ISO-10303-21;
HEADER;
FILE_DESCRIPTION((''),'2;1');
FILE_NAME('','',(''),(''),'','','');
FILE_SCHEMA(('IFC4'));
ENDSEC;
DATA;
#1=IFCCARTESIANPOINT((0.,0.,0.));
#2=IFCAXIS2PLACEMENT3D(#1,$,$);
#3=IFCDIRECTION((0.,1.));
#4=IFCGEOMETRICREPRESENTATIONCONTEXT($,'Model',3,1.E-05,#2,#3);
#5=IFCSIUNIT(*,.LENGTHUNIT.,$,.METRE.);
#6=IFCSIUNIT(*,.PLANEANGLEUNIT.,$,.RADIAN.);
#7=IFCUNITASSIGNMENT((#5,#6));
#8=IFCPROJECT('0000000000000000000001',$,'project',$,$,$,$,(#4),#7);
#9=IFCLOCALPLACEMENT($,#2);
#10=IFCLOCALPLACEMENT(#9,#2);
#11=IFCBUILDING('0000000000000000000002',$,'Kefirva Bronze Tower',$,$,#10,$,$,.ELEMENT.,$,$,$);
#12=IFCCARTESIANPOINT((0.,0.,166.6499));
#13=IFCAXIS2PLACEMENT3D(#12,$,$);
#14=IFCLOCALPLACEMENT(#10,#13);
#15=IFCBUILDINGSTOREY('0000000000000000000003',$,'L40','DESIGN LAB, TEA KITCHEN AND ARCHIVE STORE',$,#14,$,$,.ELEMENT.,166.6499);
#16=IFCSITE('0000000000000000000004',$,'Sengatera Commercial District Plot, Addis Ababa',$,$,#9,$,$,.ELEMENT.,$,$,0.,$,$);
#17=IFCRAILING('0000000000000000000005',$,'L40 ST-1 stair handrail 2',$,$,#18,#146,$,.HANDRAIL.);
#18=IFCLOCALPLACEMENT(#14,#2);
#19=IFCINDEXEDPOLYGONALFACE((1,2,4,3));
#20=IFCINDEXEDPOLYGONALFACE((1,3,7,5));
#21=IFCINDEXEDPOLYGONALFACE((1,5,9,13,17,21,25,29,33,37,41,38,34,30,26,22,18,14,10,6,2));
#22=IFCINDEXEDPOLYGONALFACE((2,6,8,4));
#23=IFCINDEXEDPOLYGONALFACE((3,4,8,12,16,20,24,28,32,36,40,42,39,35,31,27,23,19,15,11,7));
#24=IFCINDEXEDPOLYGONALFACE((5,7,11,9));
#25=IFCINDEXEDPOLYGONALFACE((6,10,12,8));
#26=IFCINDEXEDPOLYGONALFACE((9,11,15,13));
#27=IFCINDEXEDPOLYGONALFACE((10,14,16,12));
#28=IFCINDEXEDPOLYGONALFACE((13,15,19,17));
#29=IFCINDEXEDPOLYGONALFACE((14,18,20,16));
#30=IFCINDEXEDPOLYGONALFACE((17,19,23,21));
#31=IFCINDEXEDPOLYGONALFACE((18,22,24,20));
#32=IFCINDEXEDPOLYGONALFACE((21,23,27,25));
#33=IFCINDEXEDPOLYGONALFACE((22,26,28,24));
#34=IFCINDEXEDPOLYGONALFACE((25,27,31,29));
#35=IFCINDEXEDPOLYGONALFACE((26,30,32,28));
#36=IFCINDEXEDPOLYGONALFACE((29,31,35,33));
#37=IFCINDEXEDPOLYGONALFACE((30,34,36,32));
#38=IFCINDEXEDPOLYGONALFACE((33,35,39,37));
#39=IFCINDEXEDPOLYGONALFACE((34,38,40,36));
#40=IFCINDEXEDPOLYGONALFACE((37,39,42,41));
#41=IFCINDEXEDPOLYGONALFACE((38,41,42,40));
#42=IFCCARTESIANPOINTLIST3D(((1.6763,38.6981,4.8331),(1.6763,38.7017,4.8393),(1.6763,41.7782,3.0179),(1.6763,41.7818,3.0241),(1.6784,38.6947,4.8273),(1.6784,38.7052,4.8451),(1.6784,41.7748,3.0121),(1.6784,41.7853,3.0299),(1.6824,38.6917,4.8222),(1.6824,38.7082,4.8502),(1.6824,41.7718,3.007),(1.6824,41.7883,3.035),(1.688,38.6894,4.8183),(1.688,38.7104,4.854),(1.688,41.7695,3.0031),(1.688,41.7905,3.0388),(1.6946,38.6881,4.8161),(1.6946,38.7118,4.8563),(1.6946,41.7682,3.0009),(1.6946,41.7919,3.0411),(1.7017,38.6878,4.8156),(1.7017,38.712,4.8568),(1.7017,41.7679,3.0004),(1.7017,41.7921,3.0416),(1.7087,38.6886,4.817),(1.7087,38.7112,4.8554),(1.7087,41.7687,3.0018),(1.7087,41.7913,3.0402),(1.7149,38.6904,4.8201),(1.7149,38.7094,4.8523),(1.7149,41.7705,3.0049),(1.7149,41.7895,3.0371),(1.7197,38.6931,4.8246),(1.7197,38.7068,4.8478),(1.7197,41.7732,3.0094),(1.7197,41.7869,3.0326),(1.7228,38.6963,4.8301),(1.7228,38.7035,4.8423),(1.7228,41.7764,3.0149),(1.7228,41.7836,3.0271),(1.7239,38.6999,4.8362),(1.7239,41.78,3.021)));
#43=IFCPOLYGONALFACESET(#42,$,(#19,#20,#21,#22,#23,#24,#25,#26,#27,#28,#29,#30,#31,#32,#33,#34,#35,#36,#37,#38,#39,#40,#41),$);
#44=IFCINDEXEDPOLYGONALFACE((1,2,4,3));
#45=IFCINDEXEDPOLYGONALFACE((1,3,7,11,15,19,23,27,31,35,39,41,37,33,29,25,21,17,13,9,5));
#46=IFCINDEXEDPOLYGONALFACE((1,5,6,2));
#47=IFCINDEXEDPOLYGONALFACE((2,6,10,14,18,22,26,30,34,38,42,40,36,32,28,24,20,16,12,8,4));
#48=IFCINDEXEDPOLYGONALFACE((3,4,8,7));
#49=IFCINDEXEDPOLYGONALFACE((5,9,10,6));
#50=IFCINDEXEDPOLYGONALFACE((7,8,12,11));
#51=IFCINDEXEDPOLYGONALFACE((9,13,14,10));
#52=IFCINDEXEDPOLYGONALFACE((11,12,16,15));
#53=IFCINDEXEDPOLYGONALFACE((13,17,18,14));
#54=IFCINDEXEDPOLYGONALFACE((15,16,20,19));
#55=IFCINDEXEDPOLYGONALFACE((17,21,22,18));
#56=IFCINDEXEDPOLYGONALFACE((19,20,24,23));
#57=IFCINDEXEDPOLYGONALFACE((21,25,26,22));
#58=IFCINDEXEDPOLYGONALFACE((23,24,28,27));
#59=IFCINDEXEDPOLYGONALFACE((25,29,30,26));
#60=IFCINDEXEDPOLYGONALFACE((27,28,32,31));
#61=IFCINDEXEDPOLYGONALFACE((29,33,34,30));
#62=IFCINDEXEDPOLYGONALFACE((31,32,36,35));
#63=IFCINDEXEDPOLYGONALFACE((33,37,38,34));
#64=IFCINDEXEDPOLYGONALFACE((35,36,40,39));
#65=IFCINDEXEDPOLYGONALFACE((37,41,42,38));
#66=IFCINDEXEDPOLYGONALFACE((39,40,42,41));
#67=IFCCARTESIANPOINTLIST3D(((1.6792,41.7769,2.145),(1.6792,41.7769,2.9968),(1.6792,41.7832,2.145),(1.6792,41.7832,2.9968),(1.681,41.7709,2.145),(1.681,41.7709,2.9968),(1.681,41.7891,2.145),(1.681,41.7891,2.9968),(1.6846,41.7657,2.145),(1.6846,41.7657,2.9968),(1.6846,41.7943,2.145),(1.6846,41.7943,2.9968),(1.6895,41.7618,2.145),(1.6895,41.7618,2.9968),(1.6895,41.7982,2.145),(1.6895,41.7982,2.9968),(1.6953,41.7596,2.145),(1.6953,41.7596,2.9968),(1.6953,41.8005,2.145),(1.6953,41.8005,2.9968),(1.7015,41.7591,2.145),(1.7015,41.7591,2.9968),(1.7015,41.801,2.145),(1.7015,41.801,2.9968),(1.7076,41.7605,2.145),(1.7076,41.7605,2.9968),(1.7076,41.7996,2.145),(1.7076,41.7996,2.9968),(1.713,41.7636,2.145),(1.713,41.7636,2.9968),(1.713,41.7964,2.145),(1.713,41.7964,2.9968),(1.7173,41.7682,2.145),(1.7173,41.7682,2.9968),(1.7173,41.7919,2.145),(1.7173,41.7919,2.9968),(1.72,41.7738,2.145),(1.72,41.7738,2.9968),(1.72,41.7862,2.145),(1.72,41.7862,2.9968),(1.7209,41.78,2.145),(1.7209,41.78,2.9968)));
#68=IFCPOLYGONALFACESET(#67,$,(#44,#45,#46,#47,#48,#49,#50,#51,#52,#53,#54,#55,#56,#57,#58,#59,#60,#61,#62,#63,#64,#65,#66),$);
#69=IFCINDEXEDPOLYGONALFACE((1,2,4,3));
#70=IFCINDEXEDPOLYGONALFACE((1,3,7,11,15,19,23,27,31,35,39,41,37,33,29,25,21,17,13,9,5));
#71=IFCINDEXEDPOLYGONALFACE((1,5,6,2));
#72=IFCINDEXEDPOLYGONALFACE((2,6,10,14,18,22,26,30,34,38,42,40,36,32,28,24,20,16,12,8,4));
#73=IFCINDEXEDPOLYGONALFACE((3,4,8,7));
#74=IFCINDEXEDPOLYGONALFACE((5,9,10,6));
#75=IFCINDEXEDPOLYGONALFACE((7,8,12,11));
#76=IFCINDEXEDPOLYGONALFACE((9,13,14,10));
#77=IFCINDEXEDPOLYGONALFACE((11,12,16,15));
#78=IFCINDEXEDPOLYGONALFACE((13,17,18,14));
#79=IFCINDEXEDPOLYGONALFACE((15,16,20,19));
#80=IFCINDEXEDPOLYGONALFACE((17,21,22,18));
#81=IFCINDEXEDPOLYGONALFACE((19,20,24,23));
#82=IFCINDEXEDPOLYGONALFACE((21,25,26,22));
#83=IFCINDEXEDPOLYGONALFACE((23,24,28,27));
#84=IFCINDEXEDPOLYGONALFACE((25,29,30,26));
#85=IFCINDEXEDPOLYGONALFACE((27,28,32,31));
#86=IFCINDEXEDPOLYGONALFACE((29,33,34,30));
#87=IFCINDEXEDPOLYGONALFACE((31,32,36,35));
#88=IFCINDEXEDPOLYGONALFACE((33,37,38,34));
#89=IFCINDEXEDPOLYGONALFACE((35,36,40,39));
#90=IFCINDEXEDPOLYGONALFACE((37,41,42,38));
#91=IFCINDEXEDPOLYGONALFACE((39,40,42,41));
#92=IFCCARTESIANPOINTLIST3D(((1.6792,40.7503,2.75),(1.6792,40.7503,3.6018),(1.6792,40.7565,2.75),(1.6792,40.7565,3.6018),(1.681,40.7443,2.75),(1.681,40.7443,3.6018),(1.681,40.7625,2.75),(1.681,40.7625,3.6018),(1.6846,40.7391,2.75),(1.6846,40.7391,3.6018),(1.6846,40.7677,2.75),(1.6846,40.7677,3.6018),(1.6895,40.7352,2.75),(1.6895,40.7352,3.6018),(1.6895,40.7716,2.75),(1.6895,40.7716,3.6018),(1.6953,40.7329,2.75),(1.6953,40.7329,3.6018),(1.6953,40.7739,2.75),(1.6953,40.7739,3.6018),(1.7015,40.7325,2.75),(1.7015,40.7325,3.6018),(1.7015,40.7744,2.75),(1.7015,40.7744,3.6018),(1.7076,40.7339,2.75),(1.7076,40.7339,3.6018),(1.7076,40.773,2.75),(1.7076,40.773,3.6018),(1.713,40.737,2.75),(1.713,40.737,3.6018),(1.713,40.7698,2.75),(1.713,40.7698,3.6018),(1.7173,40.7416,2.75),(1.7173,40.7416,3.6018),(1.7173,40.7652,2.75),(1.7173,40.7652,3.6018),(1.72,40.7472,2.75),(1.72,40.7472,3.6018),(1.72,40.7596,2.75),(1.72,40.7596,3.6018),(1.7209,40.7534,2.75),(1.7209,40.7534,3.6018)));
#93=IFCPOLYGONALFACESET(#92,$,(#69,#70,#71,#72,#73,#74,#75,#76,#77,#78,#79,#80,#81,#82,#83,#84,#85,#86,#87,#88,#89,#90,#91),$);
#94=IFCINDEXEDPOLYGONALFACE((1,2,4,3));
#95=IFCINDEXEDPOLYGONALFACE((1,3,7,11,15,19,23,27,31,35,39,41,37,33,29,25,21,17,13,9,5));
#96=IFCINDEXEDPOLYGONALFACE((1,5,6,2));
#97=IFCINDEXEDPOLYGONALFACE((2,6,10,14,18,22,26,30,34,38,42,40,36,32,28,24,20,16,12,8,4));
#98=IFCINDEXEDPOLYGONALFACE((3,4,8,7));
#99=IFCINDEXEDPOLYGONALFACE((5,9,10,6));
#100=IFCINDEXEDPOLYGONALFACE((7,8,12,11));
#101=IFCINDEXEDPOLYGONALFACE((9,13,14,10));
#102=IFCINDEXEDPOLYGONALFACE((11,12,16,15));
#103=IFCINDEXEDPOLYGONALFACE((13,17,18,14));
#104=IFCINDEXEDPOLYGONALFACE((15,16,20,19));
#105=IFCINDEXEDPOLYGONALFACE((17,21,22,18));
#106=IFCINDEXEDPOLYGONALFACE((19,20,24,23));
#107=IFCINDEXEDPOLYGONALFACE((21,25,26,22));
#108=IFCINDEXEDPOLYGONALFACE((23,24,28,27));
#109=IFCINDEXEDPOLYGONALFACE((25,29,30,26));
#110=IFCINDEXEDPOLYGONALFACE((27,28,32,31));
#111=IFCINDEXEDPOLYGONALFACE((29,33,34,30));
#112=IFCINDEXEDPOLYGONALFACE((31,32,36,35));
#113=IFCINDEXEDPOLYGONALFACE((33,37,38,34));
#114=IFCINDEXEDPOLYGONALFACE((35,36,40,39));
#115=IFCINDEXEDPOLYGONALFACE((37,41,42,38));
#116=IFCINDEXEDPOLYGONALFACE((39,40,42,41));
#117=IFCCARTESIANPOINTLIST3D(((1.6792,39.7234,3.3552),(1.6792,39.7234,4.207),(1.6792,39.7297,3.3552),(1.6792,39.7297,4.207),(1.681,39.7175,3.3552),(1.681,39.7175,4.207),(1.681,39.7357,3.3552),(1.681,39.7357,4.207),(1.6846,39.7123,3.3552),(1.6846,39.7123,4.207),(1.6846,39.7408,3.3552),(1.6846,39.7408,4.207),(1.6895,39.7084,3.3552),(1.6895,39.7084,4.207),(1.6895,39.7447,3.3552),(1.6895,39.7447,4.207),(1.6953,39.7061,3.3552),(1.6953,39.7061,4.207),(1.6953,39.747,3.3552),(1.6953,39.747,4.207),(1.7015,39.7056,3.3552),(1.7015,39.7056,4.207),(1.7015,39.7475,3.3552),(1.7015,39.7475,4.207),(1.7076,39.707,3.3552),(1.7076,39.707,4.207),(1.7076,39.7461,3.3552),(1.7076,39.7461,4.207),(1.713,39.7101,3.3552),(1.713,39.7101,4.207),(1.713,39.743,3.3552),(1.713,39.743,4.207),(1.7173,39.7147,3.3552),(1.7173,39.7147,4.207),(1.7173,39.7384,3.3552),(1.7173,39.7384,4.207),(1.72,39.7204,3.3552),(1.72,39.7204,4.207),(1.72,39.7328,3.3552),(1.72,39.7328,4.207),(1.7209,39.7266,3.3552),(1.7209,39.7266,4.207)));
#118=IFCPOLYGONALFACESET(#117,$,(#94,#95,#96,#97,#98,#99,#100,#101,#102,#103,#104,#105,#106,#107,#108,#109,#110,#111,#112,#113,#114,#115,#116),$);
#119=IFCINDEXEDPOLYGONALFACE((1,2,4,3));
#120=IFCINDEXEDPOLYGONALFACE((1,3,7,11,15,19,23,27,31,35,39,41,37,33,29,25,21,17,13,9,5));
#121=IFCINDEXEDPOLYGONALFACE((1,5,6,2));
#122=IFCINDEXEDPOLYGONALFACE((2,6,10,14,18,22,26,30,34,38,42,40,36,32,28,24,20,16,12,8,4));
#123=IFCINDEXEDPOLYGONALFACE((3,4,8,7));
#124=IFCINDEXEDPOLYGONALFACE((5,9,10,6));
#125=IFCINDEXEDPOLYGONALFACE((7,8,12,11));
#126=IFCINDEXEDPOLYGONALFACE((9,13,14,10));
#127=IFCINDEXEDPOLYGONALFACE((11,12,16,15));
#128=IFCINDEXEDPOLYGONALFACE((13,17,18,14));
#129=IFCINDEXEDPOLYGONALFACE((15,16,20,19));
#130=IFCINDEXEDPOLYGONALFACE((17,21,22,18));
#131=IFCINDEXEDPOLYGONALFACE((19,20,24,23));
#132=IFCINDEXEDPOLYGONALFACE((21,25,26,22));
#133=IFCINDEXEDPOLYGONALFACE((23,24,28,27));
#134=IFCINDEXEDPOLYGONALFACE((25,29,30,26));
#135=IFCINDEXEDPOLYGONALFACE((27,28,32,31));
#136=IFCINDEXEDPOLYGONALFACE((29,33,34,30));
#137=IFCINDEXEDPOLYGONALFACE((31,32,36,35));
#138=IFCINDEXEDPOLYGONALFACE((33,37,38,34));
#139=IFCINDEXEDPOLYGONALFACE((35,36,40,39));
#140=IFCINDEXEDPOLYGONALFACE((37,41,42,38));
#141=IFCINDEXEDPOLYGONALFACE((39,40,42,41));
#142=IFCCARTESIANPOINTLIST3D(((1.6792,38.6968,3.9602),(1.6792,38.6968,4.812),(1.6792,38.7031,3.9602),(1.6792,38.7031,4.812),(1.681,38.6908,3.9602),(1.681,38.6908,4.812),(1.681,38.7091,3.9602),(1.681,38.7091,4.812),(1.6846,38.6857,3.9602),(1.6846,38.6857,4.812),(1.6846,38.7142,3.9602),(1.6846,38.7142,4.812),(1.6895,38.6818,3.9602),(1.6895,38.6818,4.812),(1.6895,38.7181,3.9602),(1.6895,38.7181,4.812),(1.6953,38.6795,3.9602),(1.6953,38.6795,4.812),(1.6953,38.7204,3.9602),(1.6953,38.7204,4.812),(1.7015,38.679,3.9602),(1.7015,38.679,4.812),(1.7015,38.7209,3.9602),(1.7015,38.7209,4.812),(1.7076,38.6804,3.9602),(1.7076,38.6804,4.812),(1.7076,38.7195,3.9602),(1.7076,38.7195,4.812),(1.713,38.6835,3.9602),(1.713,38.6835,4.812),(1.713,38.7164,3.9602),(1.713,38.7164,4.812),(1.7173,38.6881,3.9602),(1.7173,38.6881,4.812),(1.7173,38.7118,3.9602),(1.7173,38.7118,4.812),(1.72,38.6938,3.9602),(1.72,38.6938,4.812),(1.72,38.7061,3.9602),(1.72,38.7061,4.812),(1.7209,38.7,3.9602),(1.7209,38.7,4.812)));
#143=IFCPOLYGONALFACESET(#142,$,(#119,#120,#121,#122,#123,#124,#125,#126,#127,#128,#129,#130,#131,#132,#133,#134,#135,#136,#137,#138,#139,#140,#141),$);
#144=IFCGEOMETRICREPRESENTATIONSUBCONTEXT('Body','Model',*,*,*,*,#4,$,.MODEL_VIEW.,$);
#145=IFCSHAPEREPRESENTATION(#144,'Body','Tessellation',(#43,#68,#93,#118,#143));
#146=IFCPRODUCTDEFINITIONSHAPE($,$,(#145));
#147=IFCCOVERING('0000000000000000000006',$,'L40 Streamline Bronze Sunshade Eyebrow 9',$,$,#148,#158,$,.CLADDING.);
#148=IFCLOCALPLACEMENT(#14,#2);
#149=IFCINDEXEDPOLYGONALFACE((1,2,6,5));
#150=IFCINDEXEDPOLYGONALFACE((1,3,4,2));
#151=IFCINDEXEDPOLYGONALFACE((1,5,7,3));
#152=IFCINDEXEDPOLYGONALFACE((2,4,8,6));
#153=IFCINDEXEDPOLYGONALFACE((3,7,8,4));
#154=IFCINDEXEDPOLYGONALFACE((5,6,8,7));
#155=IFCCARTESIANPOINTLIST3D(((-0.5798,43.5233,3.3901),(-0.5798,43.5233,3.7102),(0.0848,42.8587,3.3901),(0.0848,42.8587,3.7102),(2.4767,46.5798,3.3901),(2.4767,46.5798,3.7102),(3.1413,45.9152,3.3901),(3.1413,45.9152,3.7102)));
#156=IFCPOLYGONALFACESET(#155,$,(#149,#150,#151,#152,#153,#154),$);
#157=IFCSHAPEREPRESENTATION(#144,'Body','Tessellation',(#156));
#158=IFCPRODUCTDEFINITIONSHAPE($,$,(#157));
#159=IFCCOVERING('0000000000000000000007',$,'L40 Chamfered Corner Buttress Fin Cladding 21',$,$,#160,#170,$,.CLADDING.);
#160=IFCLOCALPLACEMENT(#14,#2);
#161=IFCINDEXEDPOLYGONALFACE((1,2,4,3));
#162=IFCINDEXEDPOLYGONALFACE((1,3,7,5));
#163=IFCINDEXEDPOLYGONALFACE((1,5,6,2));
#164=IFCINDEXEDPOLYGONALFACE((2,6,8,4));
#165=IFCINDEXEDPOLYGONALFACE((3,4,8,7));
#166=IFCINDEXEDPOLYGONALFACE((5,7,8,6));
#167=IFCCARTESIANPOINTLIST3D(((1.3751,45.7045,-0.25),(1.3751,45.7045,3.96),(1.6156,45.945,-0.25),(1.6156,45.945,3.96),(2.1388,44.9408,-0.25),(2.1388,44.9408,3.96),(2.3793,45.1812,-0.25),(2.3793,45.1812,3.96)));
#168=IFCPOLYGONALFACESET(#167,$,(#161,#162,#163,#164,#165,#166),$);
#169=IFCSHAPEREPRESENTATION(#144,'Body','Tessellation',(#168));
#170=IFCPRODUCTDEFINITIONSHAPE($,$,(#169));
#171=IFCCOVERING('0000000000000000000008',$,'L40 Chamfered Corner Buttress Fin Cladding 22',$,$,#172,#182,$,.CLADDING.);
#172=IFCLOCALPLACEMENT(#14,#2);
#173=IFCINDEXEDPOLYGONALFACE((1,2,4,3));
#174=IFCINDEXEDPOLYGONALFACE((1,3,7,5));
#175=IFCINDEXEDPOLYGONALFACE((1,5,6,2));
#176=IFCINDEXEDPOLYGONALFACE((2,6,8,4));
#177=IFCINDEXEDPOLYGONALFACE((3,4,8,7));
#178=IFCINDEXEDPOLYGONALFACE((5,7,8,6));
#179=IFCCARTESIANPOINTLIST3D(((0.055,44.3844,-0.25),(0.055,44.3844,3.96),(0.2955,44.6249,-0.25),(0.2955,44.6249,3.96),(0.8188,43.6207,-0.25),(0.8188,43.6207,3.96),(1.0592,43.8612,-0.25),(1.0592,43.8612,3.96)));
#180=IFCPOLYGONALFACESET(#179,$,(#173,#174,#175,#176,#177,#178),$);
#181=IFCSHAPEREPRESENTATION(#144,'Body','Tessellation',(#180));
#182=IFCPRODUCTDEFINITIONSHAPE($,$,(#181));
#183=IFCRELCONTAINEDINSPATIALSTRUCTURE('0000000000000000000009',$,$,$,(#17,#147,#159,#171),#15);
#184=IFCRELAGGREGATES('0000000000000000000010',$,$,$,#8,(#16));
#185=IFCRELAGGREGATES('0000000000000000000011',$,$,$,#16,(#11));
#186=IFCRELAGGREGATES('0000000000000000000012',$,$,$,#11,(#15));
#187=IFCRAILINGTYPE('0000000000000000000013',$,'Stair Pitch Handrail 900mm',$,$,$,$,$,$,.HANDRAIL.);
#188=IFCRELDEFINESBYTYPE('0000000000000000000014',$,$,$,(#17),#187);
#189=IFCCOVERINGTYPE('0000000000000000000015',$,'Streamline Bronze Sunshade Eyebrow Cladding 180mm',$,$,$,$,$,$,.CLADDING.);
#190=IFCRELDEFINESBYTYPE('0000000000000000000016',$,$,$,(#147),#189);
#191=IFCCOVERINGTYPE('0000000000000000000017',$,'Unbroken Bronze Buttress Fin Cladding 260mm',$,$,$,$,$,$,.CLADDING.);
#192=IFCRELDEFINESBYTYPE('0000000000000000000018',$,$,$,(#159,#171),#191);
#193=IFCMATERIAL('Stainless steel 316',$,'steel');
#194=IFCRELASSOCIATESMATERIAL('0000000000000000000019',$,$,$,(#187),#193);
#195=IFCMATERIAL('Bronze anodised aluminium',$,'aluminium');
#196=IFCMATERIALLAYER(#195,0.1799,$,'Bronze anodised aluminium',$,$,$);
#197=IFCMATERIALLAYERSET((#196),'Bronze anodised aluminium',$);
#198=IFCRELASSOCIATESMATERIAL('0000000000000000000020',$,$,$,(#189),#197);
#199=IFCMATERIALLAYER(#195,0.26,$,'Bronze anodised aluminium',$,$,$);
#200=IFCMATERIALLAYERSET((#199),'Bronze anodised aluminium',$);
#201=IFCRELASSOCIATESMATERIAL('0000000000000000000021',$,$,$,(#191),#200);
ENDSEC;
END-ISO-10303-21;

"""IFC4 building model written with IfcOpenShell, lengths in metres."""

from ifc_helpers import new_model, si_unit, direction, frame, origin, origin_2d, place, context, subcontext, project, spatial, rectangle, circle, extrude, material, layer, layer_set, type_object, element, save


model = new_model("IFC4")

# Units and contexts
model_context = context("Model", 3, precision=1e-05, world=origin(), true_north=direction((0.0, 1.0)))
body_context = subcontext(model_context, "Body", "Model", "MODEL_VIEW")
ifc_project = project(units=[si_unit("LENGTHUNIT", "METRE"), si_unit("PLANEANGLEUNIT", "RADIAN")], contexts=[model_context])

# Site, building, storey
site_placement = place(None, origin())
site = spatial("IfcSite", under=ifc_project, at=site_placement, Name="Sengatera Commercial District Plot, Addis Ababa", CompositionType="ELEMENT", RefElevation=0.0)
building_placement = place(site_placement, origin())
building = spatial("IfcBuilding", under=site, at=building_placement, Name="Kefirva Bronze Tower", CompositionType="ELEMENT")
storey_placement = place(building_placement, frame((0.0, 0.0, 166.6499)))
storey = spatial("IfcBuildingStorey", under=building, at=storey_placement, Name="L40", Description="DESIGN LAB, TEA KITCHEN AND ARCHIVE STORE", CompositionType="ELEMENT", Elevation=166.6499)

# Shared definitions
ifc_material_1 = material(Name="Bronze anodised aluminium", Category="aluminium")

# Railing
ifc_material_2 = material(Name="Stainless steel 316", Category="steel")
railing_type_1 = type_object("IfcRailingType", Name="Stair Pitch Handrail 900mm", PredefinedType="HANDRAIL", material=ifc_material_2)
railing_1_placement = place(storey_placement, frame((1.7, 41.78, 2.145)))
element("IfcRailing", 1, at=railing_1_placement, inside=storey, type_object=railing_type_1, Name="L40 ST-1 stair handrail 2", PredefinedType="HANDRAIL", context=body_context, shape_type="SweptSolid", body=[
    extrude(circle(Radius=0.0239, at=origin_2d()), frame((0.0, 0.0, 0.876), z_axis=(0.0, -0.861521, 0.507721), x_axis=(1.0, 0.0, 0.0)), (0.0, 0.0, 1.0), 3.5752),
    extrude(circle(Radius=0.021, at=origin_2d()), origin(), (0.0, 0.0, 1.0), 0.8518),
    extrude(circle(Radius=0.021, at=origin_2d()), frame((0.0, -1.0266, 0.605)), (0.0, 0.0, 1.0), 0.8518),
    extrude(circle(Radius=0.021, at=origin_2d()), frame((0.0, -2.0535, 1.2102)), (0.0, 0.0, 1.0), 0.8518),
    extrude(circle(Radius=0.021, at=origin_2d()), frame((0.0, -3.0801, 1.8152)), (0.0, 0.0, 1.0), 0.8518),
])

# Coverings
ifc_layer_1 = layer(ifc_material_1, 0.1799, Name="Bronze anodised aluminium")
ifc_layer_set_1 = layer_set([ifc_layer_1], Name="Bronze anodised aluminium")
covering_type_1 = type_object("IfcCoveringType", Name="Streamline Bronze Sunshade Eyebrow Cladding 180mm", PredefinedType="CLADDING", material=ifc_layer_set_1)
covering_1_placement = place(storey_placement, frame((1.2808, 44.7192, 3.3901), z_axis=(0.0, 0.0, 1.0), x_axis=(-0.707107, -0.707107, 0.0)))
element("IfcCovering", 2, at=covering_1_placement, inside=storey, type_object=covering_type_1, Name="L40 Streamline Bronze Sunshade Eyebrow 9", PredefinedType="CLADDING", context=body_context, shape_type="SweptSolid", body=[
    extrude(rectangle(XDim=4.3225, YDim=0.9399, at=origin_2d()), origin(), (0.0, 0.0, 1.0), 0.3201),
])
ifc_layer_2 = layer(ifc_material_1, 0.26, Name="Bronze anodised aluminium")
ifc_layer_set_2 = layer_set([ifc_layer_2], Name="Bronze anodised aluminium")
covering_type_2 = type_object("IfcCoveringType", Name="Unbroken Bronze Buttress Fin Cladding 260mm", PredefinedType="CLADDING", material=ifc_layer_set_2)
for number, where, z_axis, x_axis, name in (
    (3, (1.8772, 45.4429, -0.25), (0.0, 0.0, 1.0), (-0.707107, -0.707107, 0.0), "L40 Chamfered Corner Buttress Fin Cladding 21"),
    (4, (0.5571, 44.1228, -0.25), (0.0, 0.0, 1.0), (-0.707107, -0.707107, 0.0), "L40 Chamfered Corner Buttress Fin Cladding 22"),
):
    element("IfcCovering", number, at=place(storey_placement, frame(where, z_axis=z_axis, x_axis=x_axis)), inside=storey, type_object=covering_type_2, Name=name, PredefinedType="CLADDING", context=body_context, shape_type="SweptSolid", body=[
        extrude(rectangle(XDim=0.3401, YDim=1.0801, at=origin_2d()), origin(), (0.0, 0.0, 1.0), 4.21),
    ])

save(model, "model.ifc")
